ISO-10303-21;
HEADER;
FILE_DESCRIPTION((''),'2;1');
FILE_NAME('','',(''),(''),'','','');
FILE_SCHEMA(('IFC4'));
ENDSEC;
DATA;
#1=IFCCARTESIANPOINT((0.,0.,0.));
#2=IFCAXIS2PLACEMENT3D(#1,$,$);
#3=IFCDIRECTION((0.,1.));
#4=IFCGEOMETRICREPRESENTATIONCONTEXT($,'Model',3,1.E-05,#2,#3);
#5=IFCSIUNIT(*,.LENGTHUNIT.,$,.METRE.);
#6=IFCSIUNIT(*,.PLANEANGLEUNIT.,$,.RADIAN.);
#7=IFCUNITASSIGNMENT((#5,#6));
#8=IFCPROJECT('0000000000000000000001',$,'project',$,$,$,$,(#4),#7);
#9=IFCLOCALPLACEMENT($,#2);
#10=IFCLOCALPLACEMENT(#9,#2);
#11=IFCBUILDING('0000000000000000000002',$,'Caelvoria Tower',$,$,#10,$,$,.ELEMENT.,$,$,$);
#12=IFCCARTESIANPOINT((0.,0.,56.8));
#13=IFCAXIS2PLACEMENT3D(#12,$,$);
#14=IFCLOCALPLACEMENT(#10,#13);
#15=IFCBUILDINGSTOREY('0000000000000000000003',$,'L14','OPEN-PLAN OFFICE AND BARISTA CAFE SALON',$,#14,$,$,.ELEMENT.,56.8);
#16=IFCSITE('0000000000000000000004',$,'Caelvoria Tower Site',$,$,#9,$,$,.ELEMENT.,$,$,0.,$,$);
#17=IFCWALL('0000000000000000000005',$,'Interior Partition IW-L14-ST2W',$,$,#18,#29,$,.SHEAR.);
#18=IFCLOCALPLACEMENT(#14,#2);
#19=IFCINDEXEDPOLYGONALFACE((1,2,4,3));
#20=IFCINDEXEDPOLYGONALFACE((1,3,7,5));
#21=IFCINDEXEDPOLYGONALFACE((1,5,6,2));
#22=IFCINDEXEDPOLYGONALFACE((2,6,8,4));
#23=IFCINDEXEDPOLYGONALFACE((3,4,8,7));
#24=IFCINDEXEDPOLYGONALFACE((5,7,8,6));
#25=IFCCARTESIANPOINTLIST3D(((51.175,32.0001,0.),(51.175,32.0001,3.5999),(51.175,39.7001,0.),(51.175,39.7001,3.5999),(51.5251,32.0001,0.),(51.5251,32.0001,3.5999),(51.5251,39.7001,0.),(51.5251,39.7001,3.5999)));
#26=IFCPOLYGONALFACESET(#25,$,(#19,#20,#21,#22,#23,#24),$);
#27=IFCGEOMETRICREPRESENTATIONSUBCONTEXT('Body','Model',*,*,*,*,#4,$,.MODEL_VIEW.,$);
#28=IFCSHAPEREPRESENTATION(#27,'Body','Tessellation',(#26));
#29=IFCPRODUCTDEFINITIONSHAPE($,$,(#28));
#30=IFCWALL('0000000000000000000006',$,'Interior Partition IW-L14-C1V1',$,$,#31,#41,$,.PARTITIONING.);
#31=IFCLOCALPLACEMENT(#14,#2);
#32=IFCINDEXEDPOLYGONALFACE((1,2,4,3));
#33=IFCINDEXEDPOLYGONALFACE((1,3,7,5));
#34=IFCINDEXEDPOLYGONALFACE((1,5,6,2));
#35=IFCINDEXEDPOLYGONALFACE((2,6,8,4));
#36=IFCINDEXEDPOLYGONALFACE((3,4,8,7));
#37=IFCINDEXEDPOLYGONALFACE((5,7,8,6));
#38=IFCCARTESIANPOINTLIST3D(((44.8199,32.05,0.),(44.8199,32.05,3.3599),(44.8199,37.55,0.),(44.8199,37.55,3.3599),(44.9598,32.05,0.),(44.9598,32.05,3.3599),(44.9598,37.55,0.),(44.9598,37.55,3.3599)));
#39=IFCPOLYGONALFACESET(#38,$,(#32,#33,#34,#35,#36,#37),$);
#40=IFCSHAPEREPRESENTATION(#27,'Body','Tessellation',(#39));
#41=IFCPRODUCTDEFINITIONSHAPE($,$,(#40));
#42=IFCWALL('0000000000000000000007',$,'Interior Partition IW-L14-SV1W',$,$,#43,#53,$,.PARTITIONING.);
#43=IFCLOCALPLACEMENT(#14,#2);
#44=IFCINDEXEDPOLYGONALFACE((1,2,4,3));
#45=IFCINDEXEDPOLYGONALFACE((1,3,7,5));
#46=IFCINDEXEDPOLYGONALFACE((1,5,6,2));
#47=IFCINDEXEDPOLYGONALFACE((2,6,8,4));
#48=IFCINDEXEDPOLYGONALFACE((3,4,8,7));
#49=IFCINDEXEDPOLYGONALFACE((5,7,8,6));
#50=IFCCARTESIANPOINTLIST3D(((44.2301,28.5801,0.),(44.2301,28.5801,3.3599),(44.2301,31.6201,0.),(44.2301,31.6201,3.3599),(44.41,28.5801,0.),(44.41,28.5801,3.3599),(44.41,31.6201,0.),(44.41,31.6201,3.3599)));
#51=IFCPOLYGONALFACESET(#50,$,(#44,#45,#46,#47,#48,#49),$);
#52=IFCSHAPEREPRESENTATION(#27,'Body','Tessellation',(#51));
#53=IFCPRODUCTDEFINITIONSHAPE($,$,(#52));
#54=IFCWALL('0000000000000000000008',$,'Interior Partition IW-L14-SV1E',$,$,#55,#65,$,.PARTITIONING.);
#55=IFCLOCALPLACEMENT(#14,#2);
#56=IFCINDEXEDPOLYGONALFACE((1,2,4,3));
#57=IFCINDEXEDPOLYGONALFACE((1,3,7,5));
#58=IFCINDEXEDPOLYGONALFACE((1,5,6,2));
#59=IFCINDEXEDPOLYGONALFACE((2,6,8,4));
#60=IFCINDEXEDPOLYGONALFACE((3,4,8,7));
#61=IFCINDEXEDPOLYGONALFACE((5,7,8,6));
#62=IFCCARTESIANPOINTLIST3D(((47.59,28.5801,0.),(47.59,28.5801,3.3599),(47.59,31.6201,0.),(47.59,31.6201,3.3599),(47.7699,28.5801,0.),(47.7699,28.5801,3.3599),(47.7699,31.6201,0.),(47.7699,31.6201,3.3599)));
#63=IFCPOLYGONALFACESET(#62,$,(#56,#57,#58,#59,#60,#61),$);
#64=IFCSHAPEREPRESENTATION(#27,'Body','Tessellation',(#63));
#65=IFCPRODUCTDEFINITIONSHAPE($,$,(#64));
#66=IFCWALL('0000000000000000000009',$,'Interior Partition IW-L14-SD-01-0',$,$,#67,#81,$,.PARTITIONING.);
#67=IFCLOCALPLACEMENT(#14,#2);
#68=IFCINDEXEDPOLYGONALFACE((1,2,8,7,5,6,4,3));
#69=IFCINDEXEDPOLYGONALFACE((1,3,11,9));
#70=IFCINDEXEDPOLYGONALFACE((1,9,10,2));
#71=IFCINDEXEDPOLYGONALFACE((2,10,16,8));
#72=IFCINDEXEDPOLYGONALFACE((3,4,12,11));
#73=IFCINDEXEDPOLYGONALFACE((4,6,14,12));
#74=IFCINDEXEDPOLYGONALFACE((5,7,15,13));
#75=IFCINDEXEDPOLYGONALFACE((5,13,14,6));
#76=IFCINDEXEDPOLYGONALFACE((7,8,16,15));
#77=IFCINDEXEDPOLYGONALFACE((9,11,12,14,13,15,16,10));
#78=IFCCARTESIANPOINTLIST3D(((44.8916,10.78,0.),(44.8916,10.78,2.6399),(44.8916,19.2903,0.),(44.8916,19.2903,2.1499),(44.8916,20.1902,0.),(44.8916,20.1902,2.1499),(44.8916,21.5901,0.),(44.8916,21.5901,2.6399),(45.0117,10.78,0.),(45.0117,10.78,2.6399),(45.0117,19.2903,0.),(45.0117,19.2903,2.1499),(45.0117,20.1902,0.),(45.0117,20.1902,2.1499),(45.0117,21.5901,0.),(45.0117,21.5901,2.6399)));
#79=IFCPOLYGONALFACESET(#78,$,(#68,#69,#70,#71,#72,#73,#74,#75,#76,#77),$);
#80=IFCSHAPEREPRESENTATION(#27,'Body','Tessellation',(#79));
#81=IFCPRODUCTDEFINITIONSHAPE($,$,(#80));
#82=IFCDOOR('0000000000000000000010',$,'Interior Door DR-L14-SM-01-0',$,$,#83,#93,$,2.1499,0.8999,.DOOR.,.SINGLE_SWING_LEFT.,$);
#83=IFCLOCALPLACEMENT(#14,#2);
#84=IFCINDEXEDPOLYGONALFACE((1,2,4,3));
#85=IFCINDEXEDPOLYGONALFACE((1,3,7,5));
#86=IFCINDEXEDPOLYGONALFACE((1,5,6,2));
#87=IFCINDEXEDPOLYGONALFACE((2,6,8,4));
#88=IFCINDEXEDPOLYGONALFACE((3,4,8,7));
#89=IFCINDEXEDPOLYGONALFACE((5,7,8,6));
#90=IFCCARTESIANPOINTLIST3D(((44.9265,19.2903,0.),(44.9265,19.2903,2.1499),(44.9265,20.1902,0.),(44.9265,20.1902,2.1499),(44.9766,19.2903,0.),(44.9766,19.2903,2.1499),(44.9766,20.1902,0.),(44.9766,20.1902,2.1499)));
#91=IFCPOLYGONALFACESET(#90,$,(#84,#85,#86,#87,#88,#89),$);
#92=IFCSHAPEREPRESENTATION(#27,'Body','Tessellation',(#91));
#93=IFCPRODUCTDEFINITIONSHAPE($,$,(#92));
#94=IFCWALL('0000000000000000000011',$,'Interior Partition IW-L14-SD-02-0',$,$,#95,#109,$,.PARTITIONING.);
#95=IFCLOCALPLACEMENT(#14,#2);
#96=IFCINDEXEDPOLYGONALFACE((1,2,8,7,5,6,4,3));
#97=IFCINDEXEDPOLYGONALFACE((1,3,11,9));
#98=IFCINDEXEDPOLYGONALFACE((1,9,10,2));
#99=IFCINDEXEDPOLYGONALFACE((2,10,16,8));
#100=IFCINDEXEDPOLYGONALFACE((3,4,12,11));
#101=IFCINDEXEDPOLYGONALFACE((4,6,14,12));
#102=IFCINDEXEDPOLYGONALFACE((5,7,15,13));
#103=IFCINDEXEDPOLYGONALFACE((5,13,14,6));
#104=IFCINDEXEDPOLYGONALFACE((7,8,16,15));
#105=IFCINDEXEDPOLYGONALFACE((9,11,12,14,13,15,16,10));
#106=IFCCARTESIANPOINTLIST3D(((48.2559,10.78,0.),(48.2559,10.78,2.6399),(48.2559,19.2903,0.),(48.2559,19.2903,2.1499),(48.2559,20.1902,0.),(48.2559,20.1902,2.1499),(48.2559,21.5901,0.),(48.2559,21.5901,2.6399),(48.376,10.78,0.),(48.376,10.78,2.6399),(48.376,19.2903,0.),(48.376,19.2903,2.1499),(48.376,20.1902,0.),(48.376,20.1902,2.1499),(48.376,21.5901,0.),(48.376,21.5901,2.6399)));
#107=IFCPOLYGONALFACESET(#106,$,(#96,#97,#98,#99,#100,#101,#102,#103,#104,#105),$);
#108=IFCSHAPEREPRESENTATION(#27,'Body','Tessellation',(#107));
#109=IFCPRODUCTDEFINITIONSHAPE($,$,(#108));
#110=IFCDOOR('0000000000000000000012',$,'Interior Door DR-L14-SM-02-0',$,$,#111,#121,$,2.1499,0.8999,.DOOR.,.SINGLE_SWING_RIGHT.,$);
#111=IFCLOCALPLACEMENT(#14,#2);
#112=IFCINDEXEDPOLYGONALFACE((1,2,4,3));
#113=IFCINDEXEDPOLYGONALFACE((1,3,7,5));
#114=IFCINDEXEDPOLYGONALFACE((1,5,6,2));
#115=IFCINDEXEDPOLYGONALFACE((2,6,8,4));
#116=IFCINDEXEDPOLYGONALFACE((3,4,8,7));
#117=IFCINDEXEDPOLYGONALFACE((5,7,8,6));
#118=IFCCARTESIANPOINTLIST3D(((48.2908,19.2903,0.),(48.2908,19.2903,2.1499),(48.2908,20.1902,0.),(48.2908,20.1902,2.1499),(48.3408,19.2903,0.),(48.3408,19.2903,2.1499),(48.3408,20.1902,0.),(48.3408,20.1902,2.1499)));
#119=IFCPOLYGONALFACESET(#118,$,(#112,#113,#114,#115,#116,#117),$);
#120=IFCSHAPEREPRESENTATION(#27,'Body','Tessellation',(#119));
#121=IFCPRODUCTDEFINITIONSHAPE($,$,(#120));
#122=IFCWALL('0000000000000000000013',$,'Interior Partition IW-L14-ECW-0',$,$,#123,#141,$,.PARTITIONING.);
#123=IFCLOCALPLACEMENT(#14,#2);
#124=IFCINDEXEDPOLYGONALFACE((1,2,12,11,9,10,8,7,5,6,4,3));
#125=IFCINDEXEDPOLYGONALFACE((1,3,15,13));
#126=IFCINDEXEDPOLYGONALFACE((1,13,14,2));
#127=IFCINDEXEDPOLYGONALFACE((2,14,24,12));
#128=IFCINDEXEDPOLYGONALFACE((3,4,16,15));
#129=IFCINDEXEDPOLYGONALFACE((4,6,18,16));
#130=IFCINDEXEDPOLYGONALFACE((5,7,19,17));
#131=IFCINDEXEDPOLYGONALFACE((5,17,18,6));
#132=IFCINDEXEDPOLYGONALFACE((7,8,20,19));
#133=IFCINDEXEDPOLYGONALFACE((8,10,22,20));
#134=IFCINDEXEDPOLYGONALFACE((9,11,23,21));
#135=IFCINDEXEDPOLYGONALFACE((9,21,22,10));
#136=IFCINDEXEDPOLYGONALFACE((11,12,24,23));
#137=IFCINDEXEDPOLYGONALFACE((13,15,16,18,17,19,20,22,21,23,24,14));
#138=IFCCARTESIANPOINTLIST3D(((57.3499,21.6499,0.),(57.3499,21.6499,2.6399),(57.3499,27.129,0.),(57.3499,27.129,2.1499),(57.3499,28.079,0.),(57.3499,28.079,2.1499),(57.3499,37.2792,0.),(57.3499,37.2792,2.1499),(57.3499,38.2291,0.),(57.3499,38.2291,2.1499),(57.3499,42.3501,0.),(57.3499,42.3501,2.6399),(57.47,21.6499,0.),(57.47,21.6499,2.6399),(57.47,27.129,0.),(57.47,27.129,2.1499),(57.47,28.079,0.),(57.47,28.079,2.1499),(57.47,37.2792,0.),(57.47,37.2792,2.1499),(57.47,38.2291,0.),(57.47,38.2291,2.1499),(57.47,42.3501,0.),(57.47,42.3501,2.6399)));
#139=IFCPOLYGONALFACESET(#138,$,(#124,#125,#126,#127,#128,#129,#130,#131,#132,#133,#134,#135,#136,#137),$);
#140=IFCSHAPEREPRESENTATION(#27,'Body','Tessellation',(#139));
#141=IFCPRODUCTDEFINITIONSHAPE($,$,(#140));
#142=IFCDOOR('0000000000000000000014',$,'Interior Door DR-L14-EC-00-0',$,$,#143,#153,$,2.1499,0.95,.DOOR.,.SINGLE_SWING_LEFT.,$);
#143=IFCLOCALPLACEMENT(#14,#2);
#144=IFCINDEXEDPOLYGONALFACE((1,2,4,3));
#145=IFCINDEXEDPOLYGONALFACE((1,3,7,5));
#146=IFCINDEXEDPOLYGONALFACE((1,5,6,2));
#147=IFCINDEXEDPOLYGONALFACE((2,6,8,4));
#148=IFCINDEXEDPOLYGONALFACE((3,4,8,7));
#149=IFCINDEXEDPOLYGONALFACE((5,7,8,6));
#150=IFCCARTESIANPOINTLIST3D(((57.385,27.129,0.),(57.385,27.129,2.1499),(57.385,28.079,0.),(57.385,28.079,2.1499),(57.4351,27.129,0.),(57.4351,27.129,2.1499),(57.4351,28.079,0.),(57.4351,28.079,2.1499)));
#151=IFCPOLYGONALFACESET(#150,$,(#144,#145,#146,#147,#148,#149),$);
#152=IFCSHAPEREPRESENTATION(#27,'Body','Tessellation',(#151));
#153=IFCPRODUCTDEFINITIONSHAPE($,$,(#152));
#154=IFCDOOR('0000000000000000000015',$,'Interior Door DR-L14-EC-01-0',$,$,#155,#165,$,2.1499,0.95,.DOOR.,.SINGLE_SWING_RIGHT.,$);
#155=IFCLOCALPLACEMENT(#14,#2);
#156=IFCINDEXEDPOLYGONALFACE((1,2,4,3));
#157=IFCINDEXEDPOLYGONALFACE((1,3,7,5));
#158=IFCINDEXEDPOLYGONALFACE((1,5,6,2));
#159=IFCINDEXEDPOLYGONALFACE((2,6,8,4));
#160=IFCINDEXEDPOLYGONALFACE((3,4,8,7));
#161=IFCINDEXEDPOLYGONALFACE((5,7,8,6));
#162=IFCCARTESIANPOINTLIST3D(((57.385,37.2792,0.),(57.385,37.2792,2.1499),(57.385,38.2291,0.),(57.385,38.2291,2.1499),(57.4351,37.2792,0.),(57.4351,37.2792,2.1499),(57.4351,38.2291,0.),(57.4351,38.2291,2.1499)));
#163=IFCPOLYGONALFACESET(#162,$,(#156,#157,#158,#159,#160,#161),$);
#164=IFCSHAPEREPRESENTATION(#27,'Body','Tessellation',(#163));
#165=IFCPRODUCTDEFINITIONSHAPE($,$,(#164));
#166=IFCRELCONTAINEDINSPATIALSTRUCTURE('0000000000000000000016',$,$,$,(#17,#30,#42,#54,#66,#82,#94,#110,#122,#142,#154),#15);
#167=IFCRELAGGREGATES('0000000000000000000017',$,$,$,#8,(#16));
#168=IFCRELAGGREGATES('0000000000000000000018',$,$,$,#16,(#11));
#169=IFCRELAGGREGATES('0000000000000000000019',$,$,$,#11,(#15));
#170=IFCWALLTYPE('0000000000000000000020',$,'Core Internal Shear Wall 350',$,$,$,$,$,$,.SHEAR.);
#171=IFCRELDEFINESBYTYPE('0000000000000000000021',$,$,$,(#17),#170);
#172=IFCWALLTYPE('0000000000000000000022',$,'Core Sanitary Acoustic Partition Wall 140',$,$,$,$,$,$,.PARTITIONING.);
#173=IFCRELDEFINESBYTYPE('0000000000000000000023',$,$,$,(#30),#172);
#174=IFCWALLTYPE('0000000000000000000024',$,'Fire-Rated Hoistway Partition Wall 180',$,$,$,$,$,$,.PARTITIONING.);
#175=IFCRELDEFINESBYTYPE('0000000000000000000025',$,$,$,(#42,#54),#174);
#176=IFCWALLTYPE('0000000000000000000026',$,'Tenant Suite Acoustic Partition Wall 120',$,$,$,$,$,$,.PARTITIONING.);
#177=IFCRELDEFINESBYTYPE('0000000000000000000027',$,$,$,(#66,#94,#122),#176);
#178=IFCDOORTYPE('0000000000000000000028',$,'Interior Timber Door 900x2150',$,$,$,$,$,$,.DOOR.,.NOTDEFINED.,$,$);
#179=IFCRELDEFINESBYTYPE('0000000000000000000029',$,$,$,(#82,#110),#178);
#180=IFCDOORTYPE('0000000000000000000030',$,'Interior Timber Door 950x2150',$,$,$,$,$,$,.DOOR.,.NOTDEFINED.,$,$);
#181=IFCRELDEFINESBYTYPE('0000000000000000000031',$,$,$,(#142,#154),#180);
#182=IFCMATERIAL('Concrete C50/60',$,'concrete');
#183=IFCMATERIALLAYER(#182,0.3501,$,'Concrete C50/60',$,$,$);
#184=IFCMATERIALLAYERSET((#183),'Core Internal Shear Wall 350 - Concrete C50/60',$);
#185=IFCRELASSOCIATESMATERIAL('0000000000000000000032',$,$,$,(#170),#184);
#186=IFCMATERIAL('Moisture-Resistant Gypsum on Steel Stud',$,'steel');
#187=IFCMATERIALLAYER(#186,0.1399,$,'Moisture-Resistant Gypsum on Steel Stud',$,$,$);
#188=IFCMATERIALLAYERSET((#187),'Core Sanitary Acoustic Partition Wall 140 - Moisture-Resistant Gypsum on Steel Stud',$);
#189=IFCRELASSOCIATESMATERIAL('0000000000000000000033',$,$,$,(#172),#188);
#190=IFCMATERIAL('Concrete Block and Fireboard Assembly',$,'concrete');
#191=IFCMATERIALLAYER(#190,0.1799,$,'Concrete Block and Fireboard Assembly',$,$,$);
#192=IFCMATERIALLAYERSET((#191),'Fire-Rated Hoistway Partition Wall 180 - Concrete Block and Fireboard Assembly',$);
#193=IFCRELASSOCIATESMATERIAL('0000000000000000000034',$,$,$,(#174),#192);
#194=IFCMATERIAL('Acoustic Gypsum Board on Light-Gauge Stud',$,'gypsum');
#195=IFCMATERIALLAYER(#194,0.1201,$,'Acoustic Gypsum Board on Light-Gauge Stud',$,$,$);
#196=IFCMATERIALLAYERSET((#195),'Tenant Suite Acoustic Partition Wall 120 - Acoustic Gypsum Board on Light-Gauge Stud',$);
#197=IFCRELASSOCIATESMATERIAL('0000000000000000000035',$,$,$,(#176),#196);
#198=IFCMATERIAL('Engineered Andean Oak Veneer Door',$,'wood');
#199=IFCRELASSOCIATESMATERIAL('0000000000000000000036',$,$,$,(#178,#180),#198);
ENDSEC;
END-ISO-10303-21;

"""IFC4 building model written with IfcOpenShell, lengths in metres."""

from ifc_helpers import new_model, si_unit, direction, frame, frame_2d, origin, place, context, subcontext, project, spatial, rectangle, extrude, material, layer, layer_set, type_object, element, fill, save


model = new_model("IFC4")

# Units and contexts
model_context = context("Model", 3, precision=1e-05, world=origin(), true_north=direction((0.0, 1.0)))
body_context = subcontext(model_context, "Body", "Model", "MODEL_VIEW")
ifc_project = project(units=[si_unit("LENGTHUNIT", "METRE"), si_unit("PLANEANGLEUNIT", "RADIAN")], contexts=[model_context])

# Site, building, storey
site_placement = place(None, origin())
site = spatial("IfcSite", under=ifc_project, at=site_placement, Name="Caelvoria Tower Site", CompositionType="ELEMENT", RefElevation=0.0)
building_placement = place(site_placement, origin())
building = spatial("IfcBuilding", under=site, at=building_placement, Name="Caelvoria Tower", CompositionType="ELEMENT")
storey_placement = place(building_placement, frame((0.0, 0.0, 56.8)))
storey = spatial("IfcBuildingStorey", under=building, at=storey_placement, Name="L14", Description="OPEN-PLAN OFFICE AND BARISTA CAFE SALON", CompositionType="ELEMENT", Elevation=56.8)

# Walls
ifc_material_1 = material(Name="Concrete C50/60", Category="concrete")
ifc_layer_1 = layer(ifc_material_1, 0.3501, Name="Concrete C50/60")
ifc_layer_set_1 = layer_set([ifc_layer_1], Name="Core Internal Shear Wall 350 - Concrete C50/60")
wall_type_1 = type_object("IfcWallType", Name="Core Internal Shear Wall 350", PredefinedType="SHEAR", material=ifc_layer_set_1)
wall_1_placement = place(storey_placement, frame((51.3501, 32.0, 0.0), z_axis=(0.0, 0.0, 1.0), x_axis=(0.0, 1.0, 0.0)))
element("IfcWall", 1, at=wall_1_placement, inside=storey, type_object=wall_type_1, Name="Interior Partition IW-L14-ST2W", PredefinedType="SHEAR", context=body_context, shape_type="SweptSolid", body=[
    extrude(rectangle(XDim=7.7, YDim=0.3501, at=frame_2d((3.8501, 0.0))), origin(), (0.0, 0.0, 1.0), 3.5999),
])
ifc_material_2 = material(Name="Moisture-Resistant Gypsum on Steel Stud", Category="steel")
ifc_layer_2 = layer(ifc_material_2, 0.1399, Name="Moisture-Resistant Gypsum on Steel Stud")
ifc_layer_set_2 = layer_set([ifc_layer_2], Name="Core Sanitary Acoustic Partition Wall 140 - Moisture-Resistant Gypsum on Steel Stud")
wall_type_2 = type_object("IfcWallType", Name="Core Sanitary Acoustic Partition Wall 140", PredefinedType="PARTITIONING", material=ifc_layer_set_2)
wall_2_placement = place(storey_placement, frame((44.8899, 32.05, 0.0), z_axis=(0.0, 0.0, 1.0), x_axis=(0.0, 1.0, 0.0)))
element("IfcWall", 2, at=wall_2_placement, inside=storey, type_object=wall_type_2, Name="Interior Partition IW-L14-C1V1", PredefinedType="PARTITIONING", context=body_context, shape_type="SweptSolid", body=[
    extrude(rectangle(XDim=5.5, YDim=0.1399, at=frame_2d((2.75, 0.0))), origin(), (0.0, 0.0, 1.0), 3.3599),
])
ifc_material_3 = material(Name="Concrete Block and Fireboard Assembly", Category="concrete")
ifc_layer_3 = layer(ifc_material_3, 0.1799, Name="Concrete Block and Fireboard Assembly")
ifc_layer_set_3 = layer_set([ifc_layer_3], Name="Fire-Rated Hoistway Partition Wall 180 - Concrete Block and Fireboard Assembly")
wall_type_3 = type_object("IfcWallType", Name="Fire-Rated Hoistway Partition Wall 180", PredefinedType="PARTITIONING", material=ifc_layer_set_3)
for number, where, z_axis, x_axis, name in (
    (3, (44.3201, 28.5801, 0.0), (0.0, 0.0, 1.0), (0.0, 1.0, 0.0), "Interior Partition IW-L14-SV1W"),
    (4, (47.6799, 28.5801, 0.0), (0.0, 0.0, 1.0), (0.0, 1.0, 0.0), "Interior Partition IW-L14-SV1E"),
):
    element("IfcWall", number, at=place(storey_placement, frame(where, z_axis=z_axis, x_axis=x_axis)), inside=storey, type_object=wall_type_3, Name=name, PredefinedType="PARTITIONING", context=body_context, shape_type="SweptSolid", body=[
        extrude(rectangle(XDim=3.04, YDim=0.1799, at=frame_2d((1.52, 0.0))), origin(), (0.0, 0.0, 1.0), 3.3599),
    ])

# Walls, openings, doors
ifc_material_4 = material(Name="Acoustic Gypsum Board on Light-Gauge Stud", Category="gypsum")
ifc_layer_4 = layer(ifc_material_4, 0.1201, Name="Acoustic Gypsum Board on Light-Gauge Stud")
ifc_layer_set_4 = layer_set([ifc_layer_4], Name="Tenant Suite Acoustic Partition Wall 120 - Acoustic Gypsum Board on Light-Gauge Stud")
wall_type_4 = type_object("IfcWallType", Name="Tenant Suite Acoustic Partition Wall 120", PredefinedType="PARTITIONING", material=ifc_layer_set_4)
wall_3_placement = place(storey_placement, frame((44.9517, 21.5901, 0.0), z_axis=(0.0, 0.0, 1.0), x_axis=(0.0, -1.0, 0.0)))
wall_3 = element("IfcWall", 5, at=wall_3_placement, inside=storey, type_object=wall_type_4, Name="Interior Partition IW-L14-SD-01-0", PredefinedType="PARTITIONING", context=body_context, shape_type="SweptSolid", body=[
    extrude(rectangle(XDim=10.8101, YDim=0.1201, at=frame_2d((5.405, 0.0))), origin(), (0.0, 0.0, 1.0), 2.6399),
])
opening_1_placement = place(wall_3_placement, frame((1.3999, 0.0, 0.0)))
opening_1 = element("IfcOpeningElement", 6, at=opening_1_placement, cuts=wall_3, PredefinedType="OPENING", context=body_context, shape_type="SweptSolid", body=[
    extrude(rectangle(XDim=0.8999, YDim=2.1499, at=frame_2d((0.45, 1.075))), frame((0.0, 0.0701, 0.0), z_axis=(0.0, -1.0, 0.0), x_axis=(1.0, 0.0, 0.0)), (0.0, 0.0, 1.0), 0.1401),
])
ifc_material_5 = material(Name="Engineered Andean Oak Veneer Door", Category="wood")
door_type_1 = type_object("IfcDoorType", Name="Interior Timber Door 900x2150", OperationType="NOTDEFINED", PredefinedType="DOOR", material=ifc_material_5)
door_1_placement = place(opening_1_placement, origin())
door_1 = element("IfcDoor", 7, at=door_1_placement, inside=storey, type_object=door_type_1, Name="Interior Door DR-L14-SM-01-0", OperationType="SINGLE_SWING_LEFT", OverallHeight=2.1499, OverallWidth=0.8999, PredefinedType="DOOR", context=body_context, shape_type="SweptSolid", body=[
    extrude(rectangle(XDim=0.8999, YDim=2.1499, at=frame_2d((0.45, 1.075))), frame((0.0, 0.0249, 0.0), z_axis=(0.0, -1.0, 0.0), x_axis=(1.0, 0.0, 0.0)), (0.0, 0.0, 1.0), 0.05),
])
fill(opening_1, door_1)
wall_4_placement = place(storey_placement, frame((48.3159, 21.5901, 0.0), z_axis=(0.0, 0.0, 1.0), x_axis=(0.0, -1.0, 0.0)))
wall_4 = element("IfcWall", 8, at=wall_4_placement, inside=storey, type_object=wall_type_4, Name="Interior Partition IW-L14-SD-02-0", PredefinedType="PARTITIONING", context=body_context, shape_type="SweptSolid", body=[
    extrude(rectangle(XDim=10.8101, YDim=0.1201, at=frame_2d((5.405, 0.0))), origin(), (0.0, 0.0, 1.0), 2.6399),
])
opening_2_placement = place(wall_4_placement, frame((1.3999, 0.0, 0.0)))
opening_2 = element("IfcOpeningElement", 9, at=opening_2_placement, cuts=wall_4, PredefinedType="OPENING", context=body_context, shape_type="SweptSolid", body=[
    extrude(rectangle(XDim=0.8999, YDim=2.1499, at=frame_2d((0.45, 1.075))), frame((0.0, 0.0701, 0.0), z_axis=(0.0, -1.0, 0.0), x_axis=(1.0, 0.0, 0.0)), (0.0, 0.0, 1.0), 0.1401),
])
door_2_placement = place(opening_2_placement, origin())
door_2 = element("IfcDoor", 10, at=door_2_placement, inside=storey, type_object=door_type_1, Name="Interior Door DR-L14-SM-02-0", OperationType="SINGLE_SWING_RIGHT", OverallHeight=2.1499, OverallWidth=0.8999, PredefinedType="DOOR", context=body_context, shape_type="SweptSolid", body=[
    extrude(rectangle(XDim=0.8999, YDim=2.1499, at=frame_2d((0.45, 1.075))), frame((0.0, 0.0249, 0.0), z_axis=(0.0, -1.0, 0.0), x_axis=(1.0, 0.0, 0.0)), (0.0, 0.0, 1.0), 0.05),
])
fill(opening_2, door_2)

# Wall, openings, doors
wall_5_placement = place(storey_placement, frame((57.4099, 21.6499, 0.0), z_axis=(0.0, 0.0, 1.0), x_axis=(0.0, 1.0, 0.0)))
wall_5 = element("IfcWall", 11, at=wall_5_placement, inside=storey, type_object=wall_type_4, Name="Interior Partition IW-L14-ECW-0", PredefinedType="PARTITIONING", context=body_context, shape_type="SweptSolid", body=[
    extrude(rectangle(XDim=20.7002, YDim=0.1201, at=frame_2d((10.3501, 0.0))), origin(), (0.0, 0.0, 1.0), 2.6399),
])
opening_3_placement = place(wall_5_placement, frame((5.479, 0.0, 0.0)))
opening_3 = element("IfcOpeningElement", 12, at=opening_3_placement, cuts=wall_5, PredefinedType="OPENING", context=body_context, shape_type="SweptSolid", body=[
    extrude(rectangle(XDim=0.95, YDim=2.1499, at=frame_2d((0.4751, 1.075))), frame((0.0, 0.0701, 0.0), z_axis=(0.0, -1.0, 0.0), x_axis=(1.0, 0.0, 0.0)), (0.0, 0.0, 1.0), 0.1401),
])
opening_4_placement = place(wall_5_placement, frame((15.6292, 0.0, 0.0)))
opening_4 = element("IfcOpeningElement", 13, at=opening_4_placement, cuts=wall_5, PredefinedType="OPENING", context=body_context, shape_type="SweptSolid", body=[
    extrude(rectangle(XDim=0.95, YDim=2.1499, at=frame_2d((0.4751, 1.075))), frame((0.0, 0.0701, 0.0), z_axis=(0.0, -1.0, 0.0), x_axis=(1.0, 0.0, 0.0)), (0.0, 0.0, 1.0), 0.1401),
])
door_type_2 = type_object("IfcDoorType", Name="Interior Timber Door 950x2150", OperationType="NOTDEFINED", PredefinedType="DOOR", material=ifc_material_5)
door_3_placement = place(opening_3_placement, origin())
door_3 = element("IfcDoor", 14, at=door_3_placement, inside=storey, type_object=door_type_2, Name="Interior Door DR-L14-EC-00-0", OperationType="SINGLE_SWING_LEFT", OverallHeight=2.1499, OverallWidth=0.95, PredefinedType="DOOR", context=body_context, shape_type="SweptSolid", body=[
    extrude(rectangle(XDim=0.95, YDim=2.1499, at=frame_2d((0.4751, 1.075))), frame((0.0, 0.0249, 0.0), z_axis=(0.0, -1.0, 0.0), x_axis=(1.0, 0.0, 0.0)), (0.0, 0.0, 1.0), 0.05),
])
fill(opening_3, door_3)
door_4_placement = place(opening_4_placement, origin())
door_4 = element("IfcDoor", 15, at=door_4_placement, inside=storey, type_object=door_type_2, Name="Interior Door DR-L14-EC-01-0", OperationType="SINGLE_SWING_RIGHT", OverallHeight=2.1499, OverallWidth=0.95, PredefinedType="DOOR", context=body_context, shape_type="SweptSolid", body=[
    extrude(rectangle(XDim=0.95, YDim=2.1499, at=frame_2d((0.4751, 1.075))), frame((0.0, 0.0249, 0.0), z_axis=(0.0, -1.0, 0.0), x_axis=(1.0, 0.0, 0.0)), (0.0, 0.0, 1.0), 0.05),
])
fill(opening_4, door_4)

save(model, "model.ifc")
